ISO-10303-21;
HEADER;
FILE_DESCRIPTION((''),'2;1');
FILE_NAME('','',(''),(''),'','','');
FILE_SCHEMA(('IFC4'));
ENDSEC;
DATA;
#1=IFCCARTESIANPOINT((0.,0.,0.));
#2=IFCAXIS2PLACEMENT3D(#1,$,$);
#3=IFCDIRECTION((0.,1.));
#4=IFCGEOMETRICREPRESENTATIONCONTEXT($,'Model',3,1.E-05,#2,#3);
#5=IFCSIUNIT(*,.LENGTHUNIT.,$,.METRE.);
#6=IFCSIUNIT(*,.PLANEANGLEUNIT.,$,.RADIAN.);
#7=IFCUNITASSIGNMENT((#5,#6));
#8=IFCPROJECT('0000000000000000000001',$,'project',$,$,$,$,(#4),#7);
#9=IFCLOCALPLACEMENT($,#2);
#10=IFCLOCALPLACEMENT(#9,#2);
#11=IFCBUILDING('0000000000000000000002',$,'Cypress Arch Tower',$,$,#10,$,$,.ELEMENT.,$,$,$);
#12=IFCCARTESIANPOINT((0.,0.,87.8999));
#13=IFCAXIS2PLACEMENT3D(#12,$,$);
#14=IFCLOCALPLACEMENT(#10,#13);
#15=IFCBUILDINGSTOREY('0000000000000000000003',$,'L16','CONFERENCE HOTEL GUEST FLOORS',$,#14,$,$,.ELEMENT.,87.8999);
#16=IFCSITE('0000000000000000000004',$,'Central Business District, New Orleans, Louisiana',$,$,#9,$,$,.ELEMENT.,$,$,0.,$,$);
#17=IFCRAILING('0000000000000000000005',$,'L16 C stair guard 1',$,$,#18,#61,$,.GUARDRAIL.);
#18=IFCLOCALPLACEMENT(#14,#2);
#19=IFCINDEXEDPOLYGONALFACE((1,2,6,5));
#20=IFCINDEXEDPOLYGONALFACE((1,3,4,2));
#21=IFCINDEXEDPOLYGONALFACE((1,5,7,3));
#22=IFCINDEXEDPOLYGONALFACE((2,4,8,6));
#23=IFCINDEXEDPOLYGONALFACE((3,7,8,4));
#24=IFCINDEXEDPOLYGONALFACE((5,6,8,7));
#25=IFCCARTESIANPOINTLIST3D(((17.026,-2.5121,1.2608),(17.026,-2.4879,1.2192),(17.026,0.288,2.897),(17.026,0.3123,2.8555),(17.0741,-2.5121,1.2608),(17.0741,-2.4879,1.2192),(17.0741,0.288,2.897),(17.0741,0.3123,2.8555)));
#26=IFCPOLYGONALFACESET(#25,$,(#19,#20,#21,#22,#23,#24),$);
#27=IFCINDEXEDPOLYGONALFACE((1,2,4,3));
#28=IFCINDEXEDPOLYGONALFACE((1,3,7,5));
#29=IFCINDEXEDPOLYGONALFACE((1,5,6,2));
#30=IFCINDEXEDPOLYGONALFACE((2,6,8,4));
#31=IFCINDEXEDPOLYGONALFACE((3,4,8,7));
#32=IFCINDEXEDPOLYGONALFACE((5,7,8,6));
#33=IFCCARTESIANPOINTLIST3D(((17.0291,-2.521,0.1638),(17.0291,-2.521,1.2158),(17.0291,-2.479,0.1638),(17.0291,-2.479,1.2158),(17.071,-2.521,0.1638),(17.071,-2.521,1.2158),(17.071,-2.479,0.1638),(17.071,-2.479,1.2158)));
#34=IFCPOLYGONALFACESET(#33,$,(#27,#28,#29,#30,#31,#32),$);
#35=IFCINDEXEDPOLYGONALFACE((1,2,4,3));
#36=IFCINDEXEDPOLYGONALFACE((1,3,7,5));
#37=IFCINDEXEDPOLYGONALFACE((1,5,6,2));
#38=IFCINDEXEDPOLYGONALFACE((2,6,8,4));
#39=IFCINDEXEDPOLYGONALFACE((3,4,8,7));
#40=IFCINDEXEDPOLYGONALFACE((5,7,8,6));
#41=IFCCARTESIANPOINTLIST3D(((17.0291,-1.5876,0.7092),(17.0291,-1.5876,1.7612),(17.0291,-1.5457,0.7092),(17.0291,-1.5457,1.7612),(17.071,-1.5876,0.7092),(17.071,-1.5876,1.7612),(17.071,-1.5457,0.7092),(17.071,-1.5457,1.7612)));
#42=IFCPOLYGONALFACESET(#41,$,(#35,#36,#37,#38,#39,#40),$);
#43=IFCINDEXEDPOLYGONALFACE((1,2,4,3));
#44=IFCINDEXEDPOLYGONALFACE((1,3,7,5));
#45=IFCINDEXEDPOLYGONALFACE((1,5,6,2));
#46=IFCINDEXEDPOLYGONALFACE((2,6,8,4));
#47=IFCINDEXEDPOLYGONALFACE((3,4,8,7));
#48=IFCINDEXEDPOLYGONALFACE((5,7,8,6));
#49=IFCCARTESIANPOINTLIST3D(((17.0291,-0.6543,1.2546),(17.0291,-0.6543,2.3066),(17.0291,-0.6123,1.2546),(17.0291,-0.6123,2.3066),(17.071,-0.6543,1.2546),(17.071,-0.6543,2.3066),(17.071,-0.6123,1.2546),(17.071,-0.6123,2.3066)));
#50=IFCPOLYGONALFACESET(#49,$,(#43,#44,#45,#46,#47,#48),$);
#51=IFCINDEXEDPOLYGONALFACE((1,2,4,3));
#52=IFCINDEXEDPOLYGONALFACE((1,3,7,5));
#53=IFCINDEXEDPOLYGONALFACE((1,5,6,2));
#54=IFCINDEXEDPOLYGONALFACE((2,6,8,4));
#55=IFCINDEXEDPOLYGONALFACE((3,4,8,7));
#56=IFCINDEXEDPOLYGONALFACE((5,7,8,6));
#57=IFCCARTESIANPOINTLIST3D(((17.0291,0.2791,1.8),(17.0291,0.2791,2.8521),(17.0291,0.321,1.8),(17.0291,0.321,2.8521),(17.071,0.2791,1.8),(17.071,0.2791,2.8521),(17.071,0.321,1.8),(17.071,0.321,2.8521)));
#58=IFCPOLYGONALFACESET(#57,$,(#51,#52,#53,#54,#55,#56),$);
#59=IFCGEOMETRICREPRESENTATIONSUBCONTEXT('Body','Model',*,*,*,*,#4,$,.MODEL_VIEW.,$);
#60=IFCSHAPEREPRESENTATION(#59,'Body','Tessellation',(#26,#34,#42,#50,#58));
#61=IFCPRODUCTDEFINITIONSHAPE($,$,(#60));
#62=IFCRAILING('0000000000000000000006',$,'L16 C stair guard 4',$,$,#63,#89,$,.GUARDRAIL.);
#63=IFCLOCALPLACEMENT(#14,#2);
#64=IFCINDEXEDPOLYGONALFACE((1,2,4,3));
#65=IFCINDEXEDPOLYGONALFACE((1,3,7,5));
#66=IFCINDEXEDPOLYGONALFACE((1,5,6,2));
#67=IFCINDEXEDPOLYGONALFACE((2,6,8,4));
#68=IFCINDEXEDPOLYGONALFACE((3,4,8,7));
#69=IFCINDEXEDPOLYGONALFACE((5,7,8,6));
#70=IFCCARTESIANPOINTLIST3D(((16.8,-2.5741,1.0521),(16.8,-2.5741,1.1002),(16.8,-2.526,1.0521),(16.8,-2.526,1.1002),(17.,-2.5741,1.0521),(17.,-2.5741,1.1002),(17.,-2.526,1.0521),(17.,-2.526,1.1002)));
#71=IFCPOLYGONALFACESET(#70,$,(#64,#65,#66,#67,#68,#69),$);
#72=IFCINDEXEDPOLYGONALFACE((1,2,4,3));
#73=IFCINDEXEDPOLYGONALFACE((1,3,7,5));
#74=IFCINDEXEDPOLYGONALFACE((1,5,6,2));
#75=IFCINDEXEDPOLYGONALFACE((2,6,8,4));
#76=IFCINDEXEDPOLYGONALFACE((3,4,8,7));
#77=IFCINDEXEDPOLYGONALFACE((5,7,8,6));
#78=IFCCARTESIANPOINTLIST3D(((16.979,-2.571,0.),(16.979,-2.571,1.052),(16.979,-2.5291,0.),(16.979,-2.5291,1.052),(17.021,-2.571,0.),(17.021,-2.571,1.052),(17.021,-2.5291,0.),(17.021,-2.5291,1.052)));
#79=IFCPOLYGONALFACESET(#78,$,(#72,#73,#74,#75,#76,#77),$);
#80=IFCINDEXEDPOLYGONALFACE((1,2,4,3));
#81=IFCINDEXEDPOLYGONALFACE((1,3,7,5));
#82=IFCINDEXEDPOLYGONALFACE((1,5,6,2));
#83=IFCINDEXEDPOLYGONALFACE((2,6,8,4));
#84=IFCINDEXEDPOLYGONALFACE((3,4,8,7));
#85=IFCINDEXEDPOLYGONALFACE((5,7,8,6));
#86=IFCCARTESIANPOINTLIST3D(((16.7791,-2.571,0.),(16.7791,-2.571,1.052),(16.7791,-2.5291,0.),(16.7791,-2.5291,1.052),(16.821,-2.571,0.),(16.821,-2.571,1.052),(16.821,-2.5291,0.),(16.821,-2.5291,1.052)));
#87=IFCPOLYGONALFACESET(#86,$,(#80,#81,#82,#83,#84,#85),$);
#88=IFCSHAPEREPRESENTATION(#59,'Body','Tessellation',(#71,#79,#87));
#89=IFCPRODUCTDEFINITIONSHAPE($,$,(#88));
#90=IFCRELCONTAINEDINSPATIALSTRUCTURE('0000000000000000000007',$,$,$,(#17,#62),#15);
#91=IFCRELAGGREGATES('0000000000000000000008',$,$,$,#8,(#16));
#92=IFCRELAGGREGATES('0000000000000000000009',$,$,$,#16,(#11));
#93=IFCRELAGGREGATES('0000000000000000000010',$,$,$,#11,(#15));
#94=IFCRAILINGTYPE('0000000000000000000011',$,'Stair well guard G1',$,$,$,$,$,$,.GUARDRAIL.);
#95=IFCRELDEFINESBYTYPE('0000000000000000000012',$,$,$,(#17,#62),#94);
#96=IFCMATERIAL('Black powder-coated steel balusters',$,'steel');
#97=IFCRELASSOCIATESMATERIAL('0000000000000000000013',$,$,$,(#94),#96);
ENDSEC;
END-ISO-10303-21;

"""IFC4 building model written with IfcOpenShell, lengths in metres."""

from ifc_helpers import new_model, si_unit, direction, frame, origin, origin_2d, place, context, subcontext, project, spatial, rectangle, extrude, material, type_object, element, save


model = new_model("IFC4")

# Units and contexts
model_context = context("Model", 3, precision=1e-05, world=origin(), true_north=direction((0.0, 1.0)))
body_context = subcontext(model_context, "Body", "Model", "MODEL_VIEW")
ifc_project = project(units=[si_unit("LENGTHUNIT", "METRE"), si_unit("PLANEANGLEUNIT", "RADIAN")], contexts=[model_context])

# Site, building, storey
site_placement = place(None, origin())
site = spatial("IfcSite", under=ifc_project, at=site_placement, Name="Central Business District, New Orleans, Louisiana", CompositionType="ELEMENT", RefElevation=0.0)
building_placement = place(site_placement, origin())
building = spatial("IfcBuilding", under=site, at=building_placement, Name="Cypress Arch Tower", CompositionType="ELEMENT")
storey_placement = place(building_placement, frame((0.0, 0.0, 87.8999)))
storey = spatial("IfcBuildingStorey", under=building, at=storey_placement, Name="L16", Description="CONFERENCE HOTEL GUEST FLOORS", CompositionType="ELEMENT", Elevation=87.8999)

# Railings
ifc_material_1 = material(Name="Black powder-coated steel balusters", Category="steel")
railing_type_1 = type_object("IfcRailingType", Name="Stair well guard G1", PredefinedType="GUARDRAIL", material=ifc_material_1)
railing_1_placement = place(storey_placement, frame((17.05, -2.5, 0.1638)))
element("IfcRailing", 1, at=railing_1_placement, inside=storey, type_object=railing_type_1, Name="L16 C stair guard 1", PredefinedType="GUARDRAIL", context=body_context, shape_type="SweptSolid", body=[
    extrude(rectangle(XDim=0.0481, YDim=0.0481, at=origin_2d()), frame((0.0, 0.0, 1.0762), z_axis=(0.0, 0.863394, 0.504531), x_axis=(-1.0, 0.0, 0.0)), (0.0, 0.0, 1.0), 3.2432),
    extrude(rectangle(XDim=0.042, YDim=0.042, at=origin_2d()), origin(), (0.0, 0.0, 1.0), 1.052),
    extrude(rectangle(XDim=0.042, YDim=0.042, at=origin_2d()), frame((0.0, 0.9333, 0.5454)), (0.0, 0.0, 1.0), 1.052),
    extrude(rectangle(XDim=0.042, YDim=0.042, at=origin_2d()), frame((0.0, 1.8667, 1.0908)), (0.0, 0.0, 1.0), 1.052),
    extrude(rectangle(XDim=0.042, YDim=0.042, at=origin_2d()), frame((0.0, 2.8, 1.6362)), (0.0, 0.0, 1.0), 1.052),
])
railing_2_placement = place(storey_placement, frame((17.0, -2.55, 0.0)))
element("IfcRailing", 2, at=railing_2_placement, inside=storey, type_object=railing_type_1, Name="L16 C stair guard 4", PredefinedType="GUARDRAIL", context=body_context, shape_type="SweptSolid", body=[
    extrude(rectangle(XDim=0.0481, YDim=0.0481, at=origin_2d()), frame((0.0, 0.0, 1.0762), z_axis=(-1.0, 0.0, 0.0), x_axis=(0.0, -1.0, 0.0)), (0.0, 0.0, 1.0), 0.2),
    extrude(rectangle(XDim=0.042, YDim=0.042, at=origin_2d()), origin(), (0.0, 0.0, 1.0), 1.052),
    extrude(rectangle(XDim=0.042, YDim=0.042, at=origin_2d()), frame((-0.2, 0.0, 0.0)), (0.0, 0.0, 1.0), 1.052),
])

save(model, "model.ifc")
